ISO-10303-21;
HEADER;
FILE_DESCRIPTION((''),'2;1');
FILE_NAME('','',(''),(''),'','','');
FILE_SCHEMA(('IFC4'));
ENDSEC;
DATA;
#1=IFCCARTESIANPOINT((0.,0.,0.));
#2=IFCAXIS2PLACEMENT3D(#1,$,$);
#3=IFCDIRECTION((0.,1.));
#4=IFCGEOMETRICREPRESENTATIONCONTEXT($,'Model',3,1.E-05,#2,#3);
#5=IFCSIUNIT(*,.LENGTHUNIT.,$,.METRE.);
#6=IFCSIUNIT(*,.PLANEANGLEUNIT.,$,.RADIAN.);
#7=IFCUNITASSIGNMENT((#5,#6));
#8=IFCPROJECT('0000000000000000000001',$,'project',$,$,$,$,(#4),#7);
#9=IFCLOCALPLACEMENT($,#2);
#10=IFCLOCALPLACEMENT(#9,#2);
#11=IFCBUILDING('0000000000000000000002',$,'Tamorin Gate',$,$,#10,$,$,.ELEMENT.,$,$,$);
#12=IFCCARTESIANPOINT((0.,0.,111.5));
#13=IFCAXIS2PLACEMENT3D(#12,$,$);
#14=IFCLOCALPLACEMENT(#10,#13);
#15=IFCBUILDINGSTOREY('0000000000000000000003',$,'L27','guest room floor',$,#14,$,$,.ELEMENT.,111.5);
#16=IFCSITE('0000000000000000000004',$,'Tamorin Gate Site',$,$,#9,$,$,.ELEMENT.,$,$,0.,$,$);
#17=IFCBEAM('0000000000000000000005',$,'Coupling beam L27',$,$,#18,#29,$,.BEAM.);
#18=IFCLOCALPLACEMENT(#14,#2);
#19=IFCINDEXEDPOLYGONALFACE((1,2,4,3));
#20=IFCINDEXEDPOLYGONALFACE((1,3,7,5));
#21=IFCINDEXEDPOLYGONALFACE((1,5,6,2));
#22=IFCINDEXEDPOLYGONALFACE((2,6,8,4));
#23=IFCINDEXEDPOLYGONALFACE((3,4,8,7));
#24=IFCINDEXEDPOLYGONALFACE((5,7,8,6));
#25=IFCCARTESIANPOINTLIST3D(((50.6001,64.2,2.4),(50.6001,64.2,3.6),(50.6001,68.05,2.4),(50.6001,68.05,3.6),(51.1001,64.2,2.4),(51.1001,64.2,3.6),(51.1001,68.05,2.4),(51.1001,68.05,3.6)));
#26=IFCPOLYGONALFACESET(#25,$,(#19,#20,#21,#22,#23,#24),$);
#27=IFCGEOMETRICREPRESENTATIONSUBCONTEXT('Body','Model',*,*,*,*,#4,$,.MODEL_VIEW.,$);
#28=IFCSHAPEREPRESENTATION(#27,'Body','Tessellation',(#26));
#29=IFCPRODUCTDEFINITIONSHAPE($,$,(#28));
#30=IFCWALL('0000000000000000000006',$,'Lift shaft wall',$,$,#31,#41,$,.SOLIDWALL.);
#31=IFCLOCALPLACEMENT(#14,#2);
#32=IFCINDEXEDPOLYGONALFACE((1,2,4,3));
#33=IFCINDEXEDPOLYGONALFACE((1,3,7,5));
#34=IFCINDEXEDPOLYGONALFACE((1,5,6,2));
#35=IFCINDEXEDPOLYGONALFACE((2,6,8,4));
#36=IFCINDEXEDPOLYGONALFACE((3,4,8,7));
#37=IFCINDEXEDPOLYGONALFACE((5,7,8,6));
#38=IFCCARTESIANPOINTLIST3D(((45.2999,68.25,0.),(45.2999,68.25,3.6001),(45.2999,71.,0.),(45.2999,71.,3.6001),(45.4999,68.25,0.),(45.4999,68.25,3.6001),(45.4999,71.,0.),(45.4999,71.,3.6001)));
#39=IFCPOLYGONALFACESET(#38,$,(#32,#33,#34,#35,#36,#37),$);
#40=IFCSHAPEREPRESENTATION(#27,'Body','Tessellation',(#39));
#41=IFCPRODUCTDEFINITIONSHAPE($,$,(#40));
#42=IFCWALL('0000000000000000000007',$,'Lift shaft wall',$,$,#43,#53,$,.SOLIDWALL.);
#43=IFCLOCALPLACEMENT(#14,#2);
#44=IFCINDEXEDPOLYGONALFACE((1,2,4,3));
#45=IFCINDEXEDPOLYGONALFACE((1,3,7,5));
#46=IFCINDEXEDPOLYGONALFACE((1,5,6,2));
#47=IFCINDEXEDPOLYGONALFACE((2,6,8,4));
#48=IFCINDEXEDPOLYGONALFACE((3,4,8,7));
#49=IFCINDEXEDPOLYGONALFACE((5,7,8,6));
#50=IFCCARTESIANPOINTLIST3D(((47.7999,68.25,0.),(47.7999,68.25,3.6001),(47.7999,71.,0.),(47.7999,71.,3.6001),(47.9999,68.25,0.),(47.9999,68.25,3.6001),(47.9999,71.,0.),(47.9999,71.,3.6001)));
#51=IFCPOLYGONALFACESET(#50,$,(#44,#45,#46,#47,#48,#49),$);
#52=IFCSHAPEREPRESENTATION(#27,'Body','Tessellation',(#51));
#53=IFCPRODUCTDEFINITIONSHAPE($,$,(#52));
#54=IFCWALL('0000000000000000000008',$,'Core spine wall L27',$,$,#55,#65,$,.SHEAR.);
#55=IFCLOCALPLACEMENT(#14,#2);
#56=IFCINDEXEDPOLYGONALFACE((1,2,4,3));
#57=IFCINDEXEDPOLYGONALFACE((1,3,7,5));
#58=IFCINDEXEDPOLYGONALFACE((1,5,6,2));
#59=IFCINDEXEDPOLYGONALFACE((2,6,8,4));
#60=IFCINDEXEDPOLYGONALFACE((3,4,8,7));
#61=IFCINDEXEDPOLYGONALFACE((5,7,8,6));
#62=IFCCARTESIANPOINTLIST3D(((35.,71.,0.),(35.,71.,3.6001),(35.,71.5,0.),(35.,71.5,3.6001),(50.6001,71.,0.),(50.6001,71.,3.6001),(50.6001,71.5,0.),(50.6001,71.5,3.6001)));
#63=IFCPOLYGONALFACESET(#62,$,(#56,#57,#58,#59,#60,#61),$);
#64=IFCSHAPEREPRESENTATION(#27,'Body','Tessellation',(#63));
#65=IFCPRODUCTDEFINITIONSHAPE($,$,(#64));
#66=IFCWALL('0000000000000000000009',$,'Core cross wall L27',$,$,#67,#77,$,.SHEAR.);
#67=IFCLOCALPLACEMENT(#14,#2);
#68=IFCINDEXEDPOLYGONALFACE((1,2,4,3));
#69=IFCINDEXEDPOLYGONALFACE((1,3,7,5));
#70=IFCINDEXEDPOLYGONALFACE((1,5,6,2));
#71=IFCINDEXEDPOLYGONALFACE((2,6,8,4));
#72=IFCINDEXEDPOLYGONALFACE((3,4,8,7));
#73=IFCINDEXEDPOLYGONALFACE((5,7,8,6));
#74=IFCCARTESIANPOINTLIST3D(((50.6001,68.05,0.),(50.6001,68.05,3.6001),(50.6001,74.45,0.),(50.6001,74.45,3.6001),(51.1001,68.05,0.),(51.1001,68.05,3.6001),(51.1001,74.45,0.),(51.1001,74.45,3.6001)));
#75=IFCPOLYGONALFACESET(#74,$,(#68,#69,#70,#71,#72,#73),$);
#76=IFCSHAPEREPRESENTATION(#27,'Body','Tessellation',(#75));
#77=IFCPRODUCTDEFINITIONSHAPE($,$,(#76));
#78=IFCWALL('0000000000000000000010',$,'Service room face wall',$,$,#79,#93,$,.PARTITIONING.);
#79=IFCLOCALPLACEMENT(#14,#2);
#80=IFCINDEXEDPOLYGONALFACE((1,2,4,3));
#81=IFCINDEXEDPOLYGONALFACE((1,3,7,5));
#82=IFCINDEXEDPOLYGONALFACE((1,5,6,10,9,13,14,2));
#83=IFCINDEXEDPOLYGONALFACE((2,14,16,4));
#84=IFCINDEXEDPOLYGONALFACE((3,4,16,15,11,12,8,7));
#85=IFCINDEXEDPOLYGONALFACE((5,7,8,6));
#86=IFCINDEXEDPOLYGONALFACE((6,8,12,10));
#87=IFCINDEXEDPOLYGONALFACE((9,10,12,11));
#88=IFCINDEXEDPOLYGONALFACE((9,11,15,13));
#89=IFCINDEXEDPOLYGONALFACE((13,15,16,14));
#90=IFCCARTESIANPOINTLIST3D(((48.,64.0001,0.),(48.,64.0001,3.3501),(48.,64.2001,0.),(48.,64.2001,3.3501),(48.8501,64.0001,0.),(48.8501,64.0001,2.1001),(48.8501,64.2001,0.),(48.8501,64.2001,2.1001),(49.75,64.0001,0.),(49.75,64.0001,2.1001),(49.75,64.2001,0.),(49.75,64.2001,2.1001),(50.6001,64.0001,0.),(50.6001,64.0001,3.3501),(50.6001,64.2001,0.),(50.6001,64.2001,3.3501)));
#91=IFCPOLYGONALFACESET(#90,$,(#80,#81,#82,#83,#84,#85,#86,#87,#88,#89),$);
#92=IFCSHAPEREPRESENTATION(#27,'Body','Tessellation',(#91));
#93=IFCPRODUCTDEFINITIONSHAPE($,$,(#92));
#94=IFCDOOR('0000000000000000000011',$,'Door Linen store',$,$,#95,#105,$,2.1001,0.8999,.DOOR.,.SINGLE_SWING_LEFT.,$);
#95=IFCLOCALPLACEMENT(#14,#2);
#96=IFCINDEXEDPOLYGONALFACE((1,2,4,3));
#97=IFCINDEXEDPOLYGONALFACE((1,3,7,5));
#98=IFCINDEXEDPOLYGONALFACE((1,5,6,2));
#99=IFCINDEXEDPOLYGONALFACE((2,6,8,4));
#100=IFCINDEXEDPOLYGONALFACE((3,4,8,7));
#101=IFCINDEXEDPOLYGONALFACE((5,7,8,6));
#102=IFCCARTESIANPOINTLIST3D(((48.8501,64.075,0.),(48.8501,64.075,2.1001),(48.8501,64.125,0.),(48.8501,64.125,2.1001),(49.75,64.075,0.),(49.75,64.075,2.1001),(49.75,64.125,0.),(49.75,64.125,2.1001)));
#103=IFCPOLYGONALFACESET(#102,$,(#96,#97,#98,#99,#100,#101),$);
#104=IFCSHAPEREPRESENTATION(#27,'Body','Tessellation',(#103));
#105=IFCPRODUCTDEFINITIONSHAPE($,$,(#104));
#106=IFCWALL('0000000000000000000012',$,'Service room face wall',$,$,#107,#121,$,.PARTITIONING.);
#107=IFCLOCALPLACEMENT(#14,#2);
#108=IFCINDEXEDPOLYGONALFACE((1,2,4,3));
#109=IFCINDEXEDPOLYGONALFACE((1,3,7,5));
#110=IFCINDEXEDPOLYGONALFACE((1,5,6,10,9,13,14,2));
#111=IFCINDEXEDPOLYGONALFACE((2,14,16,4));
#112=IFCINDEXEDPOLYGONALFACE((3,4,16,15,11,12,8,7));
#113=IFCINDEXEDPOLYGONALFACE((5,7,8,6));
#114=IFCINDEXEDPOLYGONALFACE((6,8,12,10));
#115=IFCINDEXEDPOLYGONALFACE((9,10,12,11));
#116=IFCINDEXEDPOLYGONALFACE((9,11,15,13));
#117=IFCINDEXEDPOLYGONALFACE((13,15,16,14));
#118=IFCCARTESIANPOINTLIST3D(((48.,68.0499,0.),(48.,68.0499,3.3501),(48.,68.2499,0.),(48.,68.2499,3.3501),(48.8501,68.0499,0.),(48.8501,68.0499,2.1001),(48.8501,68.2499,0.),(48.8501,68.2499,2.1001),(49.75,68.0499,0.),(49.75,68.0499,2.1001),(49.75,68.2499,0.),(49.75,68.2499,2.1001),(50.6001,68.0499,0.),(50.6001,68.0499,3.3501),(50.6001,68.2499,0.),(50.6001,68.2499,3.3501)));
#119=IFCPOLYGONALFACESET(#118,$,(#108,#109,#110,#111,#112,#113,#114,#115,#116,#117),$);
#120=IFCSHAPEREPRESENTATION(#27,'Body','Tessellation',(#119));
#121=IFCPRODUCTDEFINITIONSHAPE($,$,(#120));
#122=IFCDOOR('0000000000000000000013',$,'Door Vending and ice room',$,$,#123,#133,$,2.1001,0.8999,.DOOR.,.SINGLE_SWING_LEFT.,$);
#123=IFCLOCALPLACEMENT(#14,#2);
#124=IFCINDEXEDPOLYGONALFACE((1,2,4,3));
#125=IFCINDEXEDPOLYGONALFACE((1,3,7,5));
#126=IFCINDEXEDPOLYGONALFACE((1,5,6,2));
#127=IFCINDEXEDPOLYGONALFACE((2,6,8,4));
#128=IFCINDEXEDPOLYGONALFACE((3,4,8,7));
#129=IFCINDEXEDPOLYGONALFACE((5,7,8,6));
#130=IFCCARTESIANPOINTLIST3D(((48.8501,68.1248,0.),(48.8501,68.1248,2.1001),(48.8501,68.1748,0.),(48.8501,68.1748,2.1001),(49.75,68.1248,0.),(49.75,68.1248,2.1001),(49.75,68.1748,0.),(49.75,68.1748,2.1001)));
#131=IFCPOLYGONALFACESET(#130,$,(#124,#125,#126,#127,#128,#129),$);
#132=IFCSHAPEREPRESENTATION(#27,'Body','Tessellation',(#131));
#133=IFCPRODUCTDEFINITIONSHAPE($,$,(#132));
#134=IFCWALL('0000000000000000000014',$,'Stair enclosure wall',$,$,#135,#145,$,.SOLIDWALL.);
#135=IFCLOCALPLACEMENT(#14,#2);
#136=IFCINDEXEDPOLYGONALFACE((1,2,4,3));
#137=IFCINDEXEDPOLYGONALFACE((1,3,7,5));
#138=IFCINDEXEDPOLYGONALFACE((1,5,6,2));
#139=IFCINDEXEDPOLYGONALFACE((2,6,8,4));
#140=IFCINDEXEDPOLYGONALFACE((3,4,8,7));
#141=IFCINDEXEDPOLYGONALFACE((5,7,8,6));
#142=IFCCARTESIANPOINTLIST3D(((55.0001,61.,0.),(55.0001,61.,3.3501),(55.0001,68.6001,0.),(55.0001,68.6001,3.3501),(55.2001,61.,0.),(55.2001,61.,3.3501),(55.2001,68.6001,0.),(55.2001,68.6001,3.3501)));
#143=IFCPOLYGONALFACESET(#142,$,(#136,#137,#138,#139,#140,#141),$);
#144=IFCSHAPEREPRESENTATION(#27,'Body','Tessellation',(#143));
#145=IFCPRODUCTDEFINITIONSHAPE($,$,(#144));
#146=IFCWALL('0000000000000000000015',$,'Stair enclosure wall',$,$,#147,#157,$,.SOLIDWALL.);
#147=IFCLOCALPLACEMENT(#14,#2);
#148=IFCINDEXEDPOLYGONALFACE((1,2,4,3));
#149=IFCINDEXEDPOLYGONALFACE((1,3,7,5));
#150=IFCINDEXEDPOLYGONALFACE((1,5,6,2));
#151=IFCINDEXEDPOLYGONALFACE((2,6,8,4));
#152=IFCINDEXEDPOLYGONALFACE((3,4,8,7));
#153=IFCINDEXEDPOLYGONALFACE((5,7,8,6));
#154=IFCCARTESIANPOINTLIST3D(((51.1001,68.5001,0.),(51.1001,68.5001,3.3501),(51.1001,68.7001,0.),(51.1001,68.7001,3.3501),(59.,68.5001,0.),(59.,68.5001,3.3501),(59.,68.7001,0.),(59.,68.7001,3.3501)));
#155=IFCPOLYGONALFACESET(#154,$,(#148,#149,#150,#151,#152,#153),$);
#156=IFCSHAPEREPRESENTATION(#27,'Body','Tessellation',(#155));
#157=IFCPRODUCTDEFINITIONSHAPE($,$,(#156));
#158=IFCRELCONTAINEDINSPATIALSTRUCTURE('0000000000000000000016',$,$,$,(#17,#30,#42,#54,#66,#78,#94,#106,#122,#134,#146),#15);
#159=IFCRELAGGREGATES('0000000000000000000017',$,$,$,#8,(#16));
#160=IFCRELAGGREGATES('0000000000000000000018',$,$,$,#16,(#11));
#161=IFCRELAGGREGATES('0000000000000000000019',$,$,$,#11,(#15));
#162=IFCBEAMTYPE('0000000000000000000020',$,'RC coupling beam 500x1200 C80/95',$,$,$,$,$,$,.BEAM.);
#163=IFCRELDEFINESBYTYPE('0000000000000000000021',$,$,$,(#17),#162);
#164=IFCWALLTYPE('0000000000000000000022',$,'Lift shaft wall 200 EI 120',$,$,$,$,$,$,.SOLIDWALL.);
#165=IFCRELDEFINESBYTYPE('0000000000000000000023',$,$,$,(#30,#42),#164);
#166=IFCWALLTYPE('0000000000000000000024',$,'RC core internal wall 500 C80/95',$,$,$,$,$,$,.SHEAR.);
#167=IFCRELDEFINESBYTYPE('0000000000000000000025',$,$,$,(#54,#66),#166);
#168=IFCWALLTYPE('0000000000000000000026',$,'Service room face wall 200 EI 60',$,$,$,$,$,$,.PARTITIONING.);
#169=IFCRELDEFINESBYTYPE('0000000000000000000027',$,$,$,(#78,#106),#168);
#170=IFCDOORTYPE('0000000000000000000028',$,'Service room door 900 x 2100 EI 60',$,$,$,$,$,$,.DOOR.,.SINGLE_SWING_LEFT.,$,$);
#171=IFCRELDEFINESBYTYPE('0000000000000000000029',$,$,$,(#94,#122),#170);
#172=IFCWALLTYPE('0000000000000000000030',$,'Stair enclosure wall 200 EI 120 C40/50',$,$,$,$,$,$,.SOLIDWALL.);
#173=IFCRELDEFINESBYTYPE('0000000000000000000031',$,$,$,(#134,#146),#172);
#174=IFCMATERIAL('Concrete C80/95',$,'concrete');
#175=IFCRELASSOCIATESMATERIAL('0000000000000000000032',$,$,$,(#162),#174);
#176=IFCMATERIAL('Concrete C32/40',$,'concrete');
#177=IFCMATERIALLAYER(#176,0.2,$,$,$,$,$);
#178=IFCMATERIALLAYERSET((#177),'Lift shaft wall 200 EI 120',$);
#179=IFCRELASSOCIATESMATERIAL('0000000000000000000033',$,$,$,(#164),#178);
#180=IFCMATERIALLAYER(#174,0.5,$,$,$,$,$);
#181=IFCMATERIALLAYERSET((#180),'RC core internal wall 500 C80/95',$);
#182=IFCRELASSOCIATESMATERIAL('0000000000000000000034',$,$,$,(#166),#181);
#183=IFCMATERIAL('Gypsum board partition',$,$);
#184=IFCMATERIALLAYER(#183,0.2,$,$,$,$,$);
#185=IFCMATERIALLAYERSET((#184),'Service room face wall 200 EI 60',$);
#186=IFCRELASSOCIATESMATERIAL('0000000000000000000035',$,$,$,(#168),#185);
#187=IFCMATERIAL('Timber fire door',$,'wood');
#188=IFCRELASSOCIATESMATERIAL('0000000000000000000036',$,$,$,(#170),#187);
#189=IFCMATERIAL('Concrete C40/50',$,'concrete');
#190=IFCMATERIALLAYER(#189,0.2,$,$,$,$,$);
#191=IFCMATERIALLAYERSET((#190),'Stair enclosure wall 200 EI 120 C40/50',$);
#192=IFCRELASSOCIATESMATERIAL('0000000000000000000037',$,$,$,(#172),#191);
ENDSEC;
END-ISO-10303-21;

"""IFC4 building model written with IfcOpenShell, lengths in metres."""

from ifc_helpers import new_model, si_unit, direction, frame, frame_2d, origin, origin_2d, place, context, subcontext, project, spatial, rectangle, extrude, material, layer, layer_set, material_profile, profile_set, type_object, element, fill, save


model = new_model("IFC4")

# Units and contexts
model_context = context("Model", 3, precision=1e-05, world=origin(), true_north=direction((0.0, 1.0)))
body_context = subcontext(model_context, "Body", "Model", "MODEL_VIEW")
ifc_project = project(units=[si_unit("LENGTHUNIT", "METRE"), si_unit("PLANEANGLEUNIT", "RADIAN")], contexts=[model_context])

# Site, building, storey
site_placement = place(None, origin())
site = spatial("IfcSite", under=ifc_project, at=site_placement, Name="Tamorin Gate Site", CompositionType="ELEMENT", RefElevation=0.0)
building_placement = place(site_placement, origin())
building = spatial("IfcBuilding", under=site, at=building_placement, Name="Tamorin Gate", CompositionType="ELEMENT")
storey_placement = place(building_placement, frame((0.0, 0.0, 111.5)))
storey = spatial("IfcBuildingStorey", under=building, at=storey_placement, Name="L27", Description="guest room floor", CompositionType="ELEMENT", Elevation=111.5)

# Beam
ifc_material_1 = material(Name="Concrete C80/95", Category="concrete")
ifc_material_profile = material_profile(ifc_material_1, rectangle(XDim=0.5, YDim=1.2, at=origin_2d()), Name="RC 500x1200")
ifc_profile_set = profile_set([ifc_material_profile], Name="Concrete C80/95")
beam_type = type_object("IfcBeamType", Name="RC coupling beam 500x1200 C80/95", PredefinedType="BEAM", material=ifc_profile_set)
beam_placement = place(storey_placement, frame((50.8501, 64.2, 3.0), z_axis=(0.0, 1.0, 0.0), x_axis=(-1.0, 0.0, 0.0)))
element("IfcBeam", 1, at=beam_placement, inside=storey, type_object=beam_type, Name="Coupling beam L27", PredefinedType="BEAM", context=body_context, shape_type="SweptSolid", body=[
    extrude(rectangle(XDim=0.5, YDim=1.2, at=origin_2d()), origin(), (0.0, 0.0, 1.0), 3.8501),
])

# Walls
ifc_material_2 = material(Name="Concrete C32/40", Category="concrete")
ifc_layer_1 = layer(ifc_material_2, 0.2)
ifc_layer_set_1 = layer_set([ifc_layer_1], Name="Lift shaft wall 200 EI 120")
wall_type_1 = type_object("IfcWallType", Name="Lift shaft wall 200 EI 120", PredefinedType="SOLIDWALL", material=ifc_layer_set_1)
for number, where, z_axis, x_axis, name in (
    (2, (45.3999, 68.25, 0.0), (0.0, 0.0, 1.0), (0.0, 1.0, 0.0), "Lift shaft wall"),
    (3, (47.8999, 68.25, 0.0), (0.0, 0.0, 1.0), (0.0, 1.0, 0.0), "Lift shaft wall"),
):
    element("IfcWall", number, at=place(storey_placement, frame(where, z_axis=z_axis, x_axis=x_axis)), inside=storey, type_object=wall_type_1, Name=name, PredefinedType="SOLIDWALL", context=body_context, shape_type="SweptSolid", body=[
        extrude(rectangle(XDim=2.75, YDim=0.2, at=frame_2d((1.375, 0.0))), origin(), (0.0, 0.0, 1.0), 3.6001),
    ])
ifc_layer_2 = layer(ifc_material_1, 0.5)
ifc_layer_set_2 = layer_set([ifc_layer_2], Name="RC core internal wall 500 C80/95")
wall_type_2 = type_object("IfcWallType", Name="RC core internal wall 500 C80/95", PredefinedType="SHEAR", material=ifc_layer_set_2)
wall_1_placement = place(storey_placement, frame((35.0, 71.25, 0.0), z_axis=(0.0, 0.0, 1.0), x_axis=(1.0, 0.0, 0.0)))
element("IfcWall", 4, at=wall_1_placement, inside=storey, type_object=wall_type_2, Name="Core spine wall L27", PredefinedType="SHEAR", context=body_context, shape_type="SweptSolid", body=[
    extrude(rectangle(XDim=15.6001, YDim=0.5, at=frame_2d((7.8, 0.0))), origin(), (0.0, 0.0, 1.0), 3.6001),
])
wall_2_placement = place(storey_placement, frame((50.8501, 68.05, 0.0), z_axis=(0.0, 0.0, 1.0), x_axis=(0.0, 1.0, 0.0)))
element("IfcWall", 5, at=wall_2_placement, inside=storey, type_object=wall_type_2, Name="Core cross wall L27", PredefinedType="SHEAR", context=body_context, shape_type="SweptSolid", body=[
    extrude(rectangle(XDim=6.3999, YDim=0.5, at=frame_2d((3.2, 0.0))), origin(), (0.0, 0.0, 1.0), 3.6001),
])

# Walls, openings, doors
ifc_material_3 = material(Name="Gypsum board partition")
ifc_layer_3 = layer(ifc_material_3, 0.2)
ifc_layer_set_3 = layer_set([ifc_layer_3], Name="Service room face wall 200 EI 60")
wall_type_3 = type_object("IfcWallType", Name="Service room face wall 200 EI 60", PredefinedType="PARTITIONING", material=ifc_layer_set_3)
wall_3_placement = place(storey_placement, frame((48.0, 64.1001, 0.0), z_axis=(0.0, 0.0, 1.0), x_axis=(1.0, 0.0, 0.0)))
wall_3 = element("IfcWall", 6, at=wall_3_placement, inside=storey, type_object=wall_type_3, Name="Service room face wall", PredefinedType="PARTITIONING", context=body_context, shape_type="SweptSolid", body=[
    extrude(rectangle(XDim=2.6001, YDim=0.2, at=frame_2d((1.3, 0.0))), origin(), (0.0, 0.0, 1.0), 3.3501),
])
opening_1_placement = place(wall_3_placement, frame((0.8501, 0.0, 0.0)))
opening_1 = element("IfcOpeningElement", 7, at=opening_1_placement, cuts=wall_3, PredefinedType="OPENING", context=body_context, shape_type="SweptSolid", body=[
    extrude(rectangle(XDim=0.8999, YDim=2.1001, at=frame_2d((0.45, 1.05))), frame((0.0, 0.1099, 0.0), z_axis=(0.0, -1.0, 0.0), x_axis=(1.0, 0.0, 0.0)), (0.0, 0.0, 1.0), 0.22),
])
ifc_material_4 = material(Name="Timber fire door", Category="wood")
door_type = type_object("IfcDoorType", Name="Service room door 900 x 2100 EI 60", OperationType="SINGLE_SWING_LEFT", PredefinedType="DOOR", material=ifc_material_4)
door_1_placement = place(opening_1_placement, origin())
door_1 = element("IfcDoor", 8, at=door_1_placement, inside=storey, type_object=door_type, Name="Door Linen store", OperationType="SINGLE_SWING_LEFT", OverallHeight=2.1001, OverallWidth=0.8999, PredefinedType="DOOR", context=body_context, shape_type="SweptSolid", body=[
    extrude(rectangle(XDim=0.8999, YDim=2.1001, at=frame_2d((0.45, 1.05))), frame((0.0, 0.0249, 0.0), z_axis=(0.0, -1.0, 0.0), x_axis=(1.0, 0.0, 0.0)), (0.0, 0.0, 1.0), 0.05),
])
fill(opening_1, door_1)
wall_4_placement = place(storey_placement, frame((48.0, 68.1499, 0.0), z_axis=(0.0, 0.0, 1.0), x_axis=(1.0, 0.0, 0.0)))
wall_4 = element("IfcWall", 9, at=wall_4_placement, inside=storey, type_object=wall_type_3, Name="Service room face wall", PredefinedType="PARTITIONING", context=body_context, shape_type="SweptSolid", body=[
    extrude(rectangle(XDim=2.6001, YDim=0.2, at=frame_2d((1.3, 0.0))), origin(), (0.0, 0.0, 1.0), 3.3501),
])
opening_2_placement = place(wall_4_placement, frame((0.8501, 0.0, 0.0)))
opening_2 = element("IfcOpeningElement", 10, at=opening_2_placement, cuts=wall_4, PredefinedType="OPENING", context=body_context, shape_type="SweptSolid", body=[
    extrude(rectangle(XDim=0.8999, YDim=2.1001, at=frame_2d((0.45, 1.05))), frame((0.0, 0.1099, 0.0), z_axis=(0.0, -1.0, 0.0), x_axis=(1.0, 0.0, 0.0)), (0.0, 0.0, 1.0), 0.22),
])
door_2_placement = place(opening_2_placement, origin())
door_2 = element("IfcDoor", 11, at=door_2_placement, inside=storey, type_object=door_type, Name="Door Vending and ice room", OperationType="SINGLE_SWING_LEFT", OverallHeight=2.1001, OverallWidth=0.8999, PredefinedType="DOOR", context=body_context, shape_type="SweptSolid", body=[
    extrude(rectangle(XDim=0.8999, YDim=2.1001, at=frame_2d((0.45, 1.05))), frame((0.0, 0.0249, 0.0), z_axis=(0.0, -1.0, 0.0), x_axis=(1.0, 0.0, 0.0)), (0.0, 0.0, 1.0), 0.05),
])
fill(opening_2, door_2)

# Walls
ifc_material_5 = material(Name="Concrete C40/50", Category="concrete")
ifc_layer_4 = layer(ifc_material_5, 0.2)
ifc_layer_set_4 = layer_set([ifc_layer_4], Name="Stair enclosure wall 200 EI 120 C40/50")
wall_type_4 = type_object("IfcWallType", Name="Stair enclosure wall 200 EI 120 C40/50", PredefinedType="SOLIDWALL", material=ifc_layer_set_4)
wall_5_placement = place(storey_placement, frame((55.1001, 61.0, 0.0), z_axis=(0.0, 0.0, 1.0), x_axis=(0.0, 1.0, 0.0)))
element("IfcWall", 12, at=wall_5_placement, inside=storey, type_object=wall_type_4, Name="Stair enclosure wall", PredefinedType="SOLIDWALL", context=body_context, shape_type="SweptSolid", body=[
    extrude(rectangle(XDim=7.6001, YDim=0.2, at=frame_2d((3.8, 0.0))), origin(), (0.0, 0.0, 1.0), 3.3501),
])
wall_6_placement = place(storey_placement, frame((51.1001, 68.6001, 0.0), z_axis=(0.0, 0.0, 1.0), x_axis=(1.0, 0.0, 0.0)))
element("IfcWall", 13, at=wall_6_placement, inside=storey, type_object=wall_type_4, Name="Stair enclosure wall", PredefinedType="SOLIDWALL", context=body_context, shape_type="SweptSolid", body=[
    extrude(rectangle(XDim=7.8999, YDim=0.2, at=frame_2d((3.95, 0.0))), origin(), (0.0, 0.0, 1.0), 3.3501),
])

save(model, "model.ifc")
